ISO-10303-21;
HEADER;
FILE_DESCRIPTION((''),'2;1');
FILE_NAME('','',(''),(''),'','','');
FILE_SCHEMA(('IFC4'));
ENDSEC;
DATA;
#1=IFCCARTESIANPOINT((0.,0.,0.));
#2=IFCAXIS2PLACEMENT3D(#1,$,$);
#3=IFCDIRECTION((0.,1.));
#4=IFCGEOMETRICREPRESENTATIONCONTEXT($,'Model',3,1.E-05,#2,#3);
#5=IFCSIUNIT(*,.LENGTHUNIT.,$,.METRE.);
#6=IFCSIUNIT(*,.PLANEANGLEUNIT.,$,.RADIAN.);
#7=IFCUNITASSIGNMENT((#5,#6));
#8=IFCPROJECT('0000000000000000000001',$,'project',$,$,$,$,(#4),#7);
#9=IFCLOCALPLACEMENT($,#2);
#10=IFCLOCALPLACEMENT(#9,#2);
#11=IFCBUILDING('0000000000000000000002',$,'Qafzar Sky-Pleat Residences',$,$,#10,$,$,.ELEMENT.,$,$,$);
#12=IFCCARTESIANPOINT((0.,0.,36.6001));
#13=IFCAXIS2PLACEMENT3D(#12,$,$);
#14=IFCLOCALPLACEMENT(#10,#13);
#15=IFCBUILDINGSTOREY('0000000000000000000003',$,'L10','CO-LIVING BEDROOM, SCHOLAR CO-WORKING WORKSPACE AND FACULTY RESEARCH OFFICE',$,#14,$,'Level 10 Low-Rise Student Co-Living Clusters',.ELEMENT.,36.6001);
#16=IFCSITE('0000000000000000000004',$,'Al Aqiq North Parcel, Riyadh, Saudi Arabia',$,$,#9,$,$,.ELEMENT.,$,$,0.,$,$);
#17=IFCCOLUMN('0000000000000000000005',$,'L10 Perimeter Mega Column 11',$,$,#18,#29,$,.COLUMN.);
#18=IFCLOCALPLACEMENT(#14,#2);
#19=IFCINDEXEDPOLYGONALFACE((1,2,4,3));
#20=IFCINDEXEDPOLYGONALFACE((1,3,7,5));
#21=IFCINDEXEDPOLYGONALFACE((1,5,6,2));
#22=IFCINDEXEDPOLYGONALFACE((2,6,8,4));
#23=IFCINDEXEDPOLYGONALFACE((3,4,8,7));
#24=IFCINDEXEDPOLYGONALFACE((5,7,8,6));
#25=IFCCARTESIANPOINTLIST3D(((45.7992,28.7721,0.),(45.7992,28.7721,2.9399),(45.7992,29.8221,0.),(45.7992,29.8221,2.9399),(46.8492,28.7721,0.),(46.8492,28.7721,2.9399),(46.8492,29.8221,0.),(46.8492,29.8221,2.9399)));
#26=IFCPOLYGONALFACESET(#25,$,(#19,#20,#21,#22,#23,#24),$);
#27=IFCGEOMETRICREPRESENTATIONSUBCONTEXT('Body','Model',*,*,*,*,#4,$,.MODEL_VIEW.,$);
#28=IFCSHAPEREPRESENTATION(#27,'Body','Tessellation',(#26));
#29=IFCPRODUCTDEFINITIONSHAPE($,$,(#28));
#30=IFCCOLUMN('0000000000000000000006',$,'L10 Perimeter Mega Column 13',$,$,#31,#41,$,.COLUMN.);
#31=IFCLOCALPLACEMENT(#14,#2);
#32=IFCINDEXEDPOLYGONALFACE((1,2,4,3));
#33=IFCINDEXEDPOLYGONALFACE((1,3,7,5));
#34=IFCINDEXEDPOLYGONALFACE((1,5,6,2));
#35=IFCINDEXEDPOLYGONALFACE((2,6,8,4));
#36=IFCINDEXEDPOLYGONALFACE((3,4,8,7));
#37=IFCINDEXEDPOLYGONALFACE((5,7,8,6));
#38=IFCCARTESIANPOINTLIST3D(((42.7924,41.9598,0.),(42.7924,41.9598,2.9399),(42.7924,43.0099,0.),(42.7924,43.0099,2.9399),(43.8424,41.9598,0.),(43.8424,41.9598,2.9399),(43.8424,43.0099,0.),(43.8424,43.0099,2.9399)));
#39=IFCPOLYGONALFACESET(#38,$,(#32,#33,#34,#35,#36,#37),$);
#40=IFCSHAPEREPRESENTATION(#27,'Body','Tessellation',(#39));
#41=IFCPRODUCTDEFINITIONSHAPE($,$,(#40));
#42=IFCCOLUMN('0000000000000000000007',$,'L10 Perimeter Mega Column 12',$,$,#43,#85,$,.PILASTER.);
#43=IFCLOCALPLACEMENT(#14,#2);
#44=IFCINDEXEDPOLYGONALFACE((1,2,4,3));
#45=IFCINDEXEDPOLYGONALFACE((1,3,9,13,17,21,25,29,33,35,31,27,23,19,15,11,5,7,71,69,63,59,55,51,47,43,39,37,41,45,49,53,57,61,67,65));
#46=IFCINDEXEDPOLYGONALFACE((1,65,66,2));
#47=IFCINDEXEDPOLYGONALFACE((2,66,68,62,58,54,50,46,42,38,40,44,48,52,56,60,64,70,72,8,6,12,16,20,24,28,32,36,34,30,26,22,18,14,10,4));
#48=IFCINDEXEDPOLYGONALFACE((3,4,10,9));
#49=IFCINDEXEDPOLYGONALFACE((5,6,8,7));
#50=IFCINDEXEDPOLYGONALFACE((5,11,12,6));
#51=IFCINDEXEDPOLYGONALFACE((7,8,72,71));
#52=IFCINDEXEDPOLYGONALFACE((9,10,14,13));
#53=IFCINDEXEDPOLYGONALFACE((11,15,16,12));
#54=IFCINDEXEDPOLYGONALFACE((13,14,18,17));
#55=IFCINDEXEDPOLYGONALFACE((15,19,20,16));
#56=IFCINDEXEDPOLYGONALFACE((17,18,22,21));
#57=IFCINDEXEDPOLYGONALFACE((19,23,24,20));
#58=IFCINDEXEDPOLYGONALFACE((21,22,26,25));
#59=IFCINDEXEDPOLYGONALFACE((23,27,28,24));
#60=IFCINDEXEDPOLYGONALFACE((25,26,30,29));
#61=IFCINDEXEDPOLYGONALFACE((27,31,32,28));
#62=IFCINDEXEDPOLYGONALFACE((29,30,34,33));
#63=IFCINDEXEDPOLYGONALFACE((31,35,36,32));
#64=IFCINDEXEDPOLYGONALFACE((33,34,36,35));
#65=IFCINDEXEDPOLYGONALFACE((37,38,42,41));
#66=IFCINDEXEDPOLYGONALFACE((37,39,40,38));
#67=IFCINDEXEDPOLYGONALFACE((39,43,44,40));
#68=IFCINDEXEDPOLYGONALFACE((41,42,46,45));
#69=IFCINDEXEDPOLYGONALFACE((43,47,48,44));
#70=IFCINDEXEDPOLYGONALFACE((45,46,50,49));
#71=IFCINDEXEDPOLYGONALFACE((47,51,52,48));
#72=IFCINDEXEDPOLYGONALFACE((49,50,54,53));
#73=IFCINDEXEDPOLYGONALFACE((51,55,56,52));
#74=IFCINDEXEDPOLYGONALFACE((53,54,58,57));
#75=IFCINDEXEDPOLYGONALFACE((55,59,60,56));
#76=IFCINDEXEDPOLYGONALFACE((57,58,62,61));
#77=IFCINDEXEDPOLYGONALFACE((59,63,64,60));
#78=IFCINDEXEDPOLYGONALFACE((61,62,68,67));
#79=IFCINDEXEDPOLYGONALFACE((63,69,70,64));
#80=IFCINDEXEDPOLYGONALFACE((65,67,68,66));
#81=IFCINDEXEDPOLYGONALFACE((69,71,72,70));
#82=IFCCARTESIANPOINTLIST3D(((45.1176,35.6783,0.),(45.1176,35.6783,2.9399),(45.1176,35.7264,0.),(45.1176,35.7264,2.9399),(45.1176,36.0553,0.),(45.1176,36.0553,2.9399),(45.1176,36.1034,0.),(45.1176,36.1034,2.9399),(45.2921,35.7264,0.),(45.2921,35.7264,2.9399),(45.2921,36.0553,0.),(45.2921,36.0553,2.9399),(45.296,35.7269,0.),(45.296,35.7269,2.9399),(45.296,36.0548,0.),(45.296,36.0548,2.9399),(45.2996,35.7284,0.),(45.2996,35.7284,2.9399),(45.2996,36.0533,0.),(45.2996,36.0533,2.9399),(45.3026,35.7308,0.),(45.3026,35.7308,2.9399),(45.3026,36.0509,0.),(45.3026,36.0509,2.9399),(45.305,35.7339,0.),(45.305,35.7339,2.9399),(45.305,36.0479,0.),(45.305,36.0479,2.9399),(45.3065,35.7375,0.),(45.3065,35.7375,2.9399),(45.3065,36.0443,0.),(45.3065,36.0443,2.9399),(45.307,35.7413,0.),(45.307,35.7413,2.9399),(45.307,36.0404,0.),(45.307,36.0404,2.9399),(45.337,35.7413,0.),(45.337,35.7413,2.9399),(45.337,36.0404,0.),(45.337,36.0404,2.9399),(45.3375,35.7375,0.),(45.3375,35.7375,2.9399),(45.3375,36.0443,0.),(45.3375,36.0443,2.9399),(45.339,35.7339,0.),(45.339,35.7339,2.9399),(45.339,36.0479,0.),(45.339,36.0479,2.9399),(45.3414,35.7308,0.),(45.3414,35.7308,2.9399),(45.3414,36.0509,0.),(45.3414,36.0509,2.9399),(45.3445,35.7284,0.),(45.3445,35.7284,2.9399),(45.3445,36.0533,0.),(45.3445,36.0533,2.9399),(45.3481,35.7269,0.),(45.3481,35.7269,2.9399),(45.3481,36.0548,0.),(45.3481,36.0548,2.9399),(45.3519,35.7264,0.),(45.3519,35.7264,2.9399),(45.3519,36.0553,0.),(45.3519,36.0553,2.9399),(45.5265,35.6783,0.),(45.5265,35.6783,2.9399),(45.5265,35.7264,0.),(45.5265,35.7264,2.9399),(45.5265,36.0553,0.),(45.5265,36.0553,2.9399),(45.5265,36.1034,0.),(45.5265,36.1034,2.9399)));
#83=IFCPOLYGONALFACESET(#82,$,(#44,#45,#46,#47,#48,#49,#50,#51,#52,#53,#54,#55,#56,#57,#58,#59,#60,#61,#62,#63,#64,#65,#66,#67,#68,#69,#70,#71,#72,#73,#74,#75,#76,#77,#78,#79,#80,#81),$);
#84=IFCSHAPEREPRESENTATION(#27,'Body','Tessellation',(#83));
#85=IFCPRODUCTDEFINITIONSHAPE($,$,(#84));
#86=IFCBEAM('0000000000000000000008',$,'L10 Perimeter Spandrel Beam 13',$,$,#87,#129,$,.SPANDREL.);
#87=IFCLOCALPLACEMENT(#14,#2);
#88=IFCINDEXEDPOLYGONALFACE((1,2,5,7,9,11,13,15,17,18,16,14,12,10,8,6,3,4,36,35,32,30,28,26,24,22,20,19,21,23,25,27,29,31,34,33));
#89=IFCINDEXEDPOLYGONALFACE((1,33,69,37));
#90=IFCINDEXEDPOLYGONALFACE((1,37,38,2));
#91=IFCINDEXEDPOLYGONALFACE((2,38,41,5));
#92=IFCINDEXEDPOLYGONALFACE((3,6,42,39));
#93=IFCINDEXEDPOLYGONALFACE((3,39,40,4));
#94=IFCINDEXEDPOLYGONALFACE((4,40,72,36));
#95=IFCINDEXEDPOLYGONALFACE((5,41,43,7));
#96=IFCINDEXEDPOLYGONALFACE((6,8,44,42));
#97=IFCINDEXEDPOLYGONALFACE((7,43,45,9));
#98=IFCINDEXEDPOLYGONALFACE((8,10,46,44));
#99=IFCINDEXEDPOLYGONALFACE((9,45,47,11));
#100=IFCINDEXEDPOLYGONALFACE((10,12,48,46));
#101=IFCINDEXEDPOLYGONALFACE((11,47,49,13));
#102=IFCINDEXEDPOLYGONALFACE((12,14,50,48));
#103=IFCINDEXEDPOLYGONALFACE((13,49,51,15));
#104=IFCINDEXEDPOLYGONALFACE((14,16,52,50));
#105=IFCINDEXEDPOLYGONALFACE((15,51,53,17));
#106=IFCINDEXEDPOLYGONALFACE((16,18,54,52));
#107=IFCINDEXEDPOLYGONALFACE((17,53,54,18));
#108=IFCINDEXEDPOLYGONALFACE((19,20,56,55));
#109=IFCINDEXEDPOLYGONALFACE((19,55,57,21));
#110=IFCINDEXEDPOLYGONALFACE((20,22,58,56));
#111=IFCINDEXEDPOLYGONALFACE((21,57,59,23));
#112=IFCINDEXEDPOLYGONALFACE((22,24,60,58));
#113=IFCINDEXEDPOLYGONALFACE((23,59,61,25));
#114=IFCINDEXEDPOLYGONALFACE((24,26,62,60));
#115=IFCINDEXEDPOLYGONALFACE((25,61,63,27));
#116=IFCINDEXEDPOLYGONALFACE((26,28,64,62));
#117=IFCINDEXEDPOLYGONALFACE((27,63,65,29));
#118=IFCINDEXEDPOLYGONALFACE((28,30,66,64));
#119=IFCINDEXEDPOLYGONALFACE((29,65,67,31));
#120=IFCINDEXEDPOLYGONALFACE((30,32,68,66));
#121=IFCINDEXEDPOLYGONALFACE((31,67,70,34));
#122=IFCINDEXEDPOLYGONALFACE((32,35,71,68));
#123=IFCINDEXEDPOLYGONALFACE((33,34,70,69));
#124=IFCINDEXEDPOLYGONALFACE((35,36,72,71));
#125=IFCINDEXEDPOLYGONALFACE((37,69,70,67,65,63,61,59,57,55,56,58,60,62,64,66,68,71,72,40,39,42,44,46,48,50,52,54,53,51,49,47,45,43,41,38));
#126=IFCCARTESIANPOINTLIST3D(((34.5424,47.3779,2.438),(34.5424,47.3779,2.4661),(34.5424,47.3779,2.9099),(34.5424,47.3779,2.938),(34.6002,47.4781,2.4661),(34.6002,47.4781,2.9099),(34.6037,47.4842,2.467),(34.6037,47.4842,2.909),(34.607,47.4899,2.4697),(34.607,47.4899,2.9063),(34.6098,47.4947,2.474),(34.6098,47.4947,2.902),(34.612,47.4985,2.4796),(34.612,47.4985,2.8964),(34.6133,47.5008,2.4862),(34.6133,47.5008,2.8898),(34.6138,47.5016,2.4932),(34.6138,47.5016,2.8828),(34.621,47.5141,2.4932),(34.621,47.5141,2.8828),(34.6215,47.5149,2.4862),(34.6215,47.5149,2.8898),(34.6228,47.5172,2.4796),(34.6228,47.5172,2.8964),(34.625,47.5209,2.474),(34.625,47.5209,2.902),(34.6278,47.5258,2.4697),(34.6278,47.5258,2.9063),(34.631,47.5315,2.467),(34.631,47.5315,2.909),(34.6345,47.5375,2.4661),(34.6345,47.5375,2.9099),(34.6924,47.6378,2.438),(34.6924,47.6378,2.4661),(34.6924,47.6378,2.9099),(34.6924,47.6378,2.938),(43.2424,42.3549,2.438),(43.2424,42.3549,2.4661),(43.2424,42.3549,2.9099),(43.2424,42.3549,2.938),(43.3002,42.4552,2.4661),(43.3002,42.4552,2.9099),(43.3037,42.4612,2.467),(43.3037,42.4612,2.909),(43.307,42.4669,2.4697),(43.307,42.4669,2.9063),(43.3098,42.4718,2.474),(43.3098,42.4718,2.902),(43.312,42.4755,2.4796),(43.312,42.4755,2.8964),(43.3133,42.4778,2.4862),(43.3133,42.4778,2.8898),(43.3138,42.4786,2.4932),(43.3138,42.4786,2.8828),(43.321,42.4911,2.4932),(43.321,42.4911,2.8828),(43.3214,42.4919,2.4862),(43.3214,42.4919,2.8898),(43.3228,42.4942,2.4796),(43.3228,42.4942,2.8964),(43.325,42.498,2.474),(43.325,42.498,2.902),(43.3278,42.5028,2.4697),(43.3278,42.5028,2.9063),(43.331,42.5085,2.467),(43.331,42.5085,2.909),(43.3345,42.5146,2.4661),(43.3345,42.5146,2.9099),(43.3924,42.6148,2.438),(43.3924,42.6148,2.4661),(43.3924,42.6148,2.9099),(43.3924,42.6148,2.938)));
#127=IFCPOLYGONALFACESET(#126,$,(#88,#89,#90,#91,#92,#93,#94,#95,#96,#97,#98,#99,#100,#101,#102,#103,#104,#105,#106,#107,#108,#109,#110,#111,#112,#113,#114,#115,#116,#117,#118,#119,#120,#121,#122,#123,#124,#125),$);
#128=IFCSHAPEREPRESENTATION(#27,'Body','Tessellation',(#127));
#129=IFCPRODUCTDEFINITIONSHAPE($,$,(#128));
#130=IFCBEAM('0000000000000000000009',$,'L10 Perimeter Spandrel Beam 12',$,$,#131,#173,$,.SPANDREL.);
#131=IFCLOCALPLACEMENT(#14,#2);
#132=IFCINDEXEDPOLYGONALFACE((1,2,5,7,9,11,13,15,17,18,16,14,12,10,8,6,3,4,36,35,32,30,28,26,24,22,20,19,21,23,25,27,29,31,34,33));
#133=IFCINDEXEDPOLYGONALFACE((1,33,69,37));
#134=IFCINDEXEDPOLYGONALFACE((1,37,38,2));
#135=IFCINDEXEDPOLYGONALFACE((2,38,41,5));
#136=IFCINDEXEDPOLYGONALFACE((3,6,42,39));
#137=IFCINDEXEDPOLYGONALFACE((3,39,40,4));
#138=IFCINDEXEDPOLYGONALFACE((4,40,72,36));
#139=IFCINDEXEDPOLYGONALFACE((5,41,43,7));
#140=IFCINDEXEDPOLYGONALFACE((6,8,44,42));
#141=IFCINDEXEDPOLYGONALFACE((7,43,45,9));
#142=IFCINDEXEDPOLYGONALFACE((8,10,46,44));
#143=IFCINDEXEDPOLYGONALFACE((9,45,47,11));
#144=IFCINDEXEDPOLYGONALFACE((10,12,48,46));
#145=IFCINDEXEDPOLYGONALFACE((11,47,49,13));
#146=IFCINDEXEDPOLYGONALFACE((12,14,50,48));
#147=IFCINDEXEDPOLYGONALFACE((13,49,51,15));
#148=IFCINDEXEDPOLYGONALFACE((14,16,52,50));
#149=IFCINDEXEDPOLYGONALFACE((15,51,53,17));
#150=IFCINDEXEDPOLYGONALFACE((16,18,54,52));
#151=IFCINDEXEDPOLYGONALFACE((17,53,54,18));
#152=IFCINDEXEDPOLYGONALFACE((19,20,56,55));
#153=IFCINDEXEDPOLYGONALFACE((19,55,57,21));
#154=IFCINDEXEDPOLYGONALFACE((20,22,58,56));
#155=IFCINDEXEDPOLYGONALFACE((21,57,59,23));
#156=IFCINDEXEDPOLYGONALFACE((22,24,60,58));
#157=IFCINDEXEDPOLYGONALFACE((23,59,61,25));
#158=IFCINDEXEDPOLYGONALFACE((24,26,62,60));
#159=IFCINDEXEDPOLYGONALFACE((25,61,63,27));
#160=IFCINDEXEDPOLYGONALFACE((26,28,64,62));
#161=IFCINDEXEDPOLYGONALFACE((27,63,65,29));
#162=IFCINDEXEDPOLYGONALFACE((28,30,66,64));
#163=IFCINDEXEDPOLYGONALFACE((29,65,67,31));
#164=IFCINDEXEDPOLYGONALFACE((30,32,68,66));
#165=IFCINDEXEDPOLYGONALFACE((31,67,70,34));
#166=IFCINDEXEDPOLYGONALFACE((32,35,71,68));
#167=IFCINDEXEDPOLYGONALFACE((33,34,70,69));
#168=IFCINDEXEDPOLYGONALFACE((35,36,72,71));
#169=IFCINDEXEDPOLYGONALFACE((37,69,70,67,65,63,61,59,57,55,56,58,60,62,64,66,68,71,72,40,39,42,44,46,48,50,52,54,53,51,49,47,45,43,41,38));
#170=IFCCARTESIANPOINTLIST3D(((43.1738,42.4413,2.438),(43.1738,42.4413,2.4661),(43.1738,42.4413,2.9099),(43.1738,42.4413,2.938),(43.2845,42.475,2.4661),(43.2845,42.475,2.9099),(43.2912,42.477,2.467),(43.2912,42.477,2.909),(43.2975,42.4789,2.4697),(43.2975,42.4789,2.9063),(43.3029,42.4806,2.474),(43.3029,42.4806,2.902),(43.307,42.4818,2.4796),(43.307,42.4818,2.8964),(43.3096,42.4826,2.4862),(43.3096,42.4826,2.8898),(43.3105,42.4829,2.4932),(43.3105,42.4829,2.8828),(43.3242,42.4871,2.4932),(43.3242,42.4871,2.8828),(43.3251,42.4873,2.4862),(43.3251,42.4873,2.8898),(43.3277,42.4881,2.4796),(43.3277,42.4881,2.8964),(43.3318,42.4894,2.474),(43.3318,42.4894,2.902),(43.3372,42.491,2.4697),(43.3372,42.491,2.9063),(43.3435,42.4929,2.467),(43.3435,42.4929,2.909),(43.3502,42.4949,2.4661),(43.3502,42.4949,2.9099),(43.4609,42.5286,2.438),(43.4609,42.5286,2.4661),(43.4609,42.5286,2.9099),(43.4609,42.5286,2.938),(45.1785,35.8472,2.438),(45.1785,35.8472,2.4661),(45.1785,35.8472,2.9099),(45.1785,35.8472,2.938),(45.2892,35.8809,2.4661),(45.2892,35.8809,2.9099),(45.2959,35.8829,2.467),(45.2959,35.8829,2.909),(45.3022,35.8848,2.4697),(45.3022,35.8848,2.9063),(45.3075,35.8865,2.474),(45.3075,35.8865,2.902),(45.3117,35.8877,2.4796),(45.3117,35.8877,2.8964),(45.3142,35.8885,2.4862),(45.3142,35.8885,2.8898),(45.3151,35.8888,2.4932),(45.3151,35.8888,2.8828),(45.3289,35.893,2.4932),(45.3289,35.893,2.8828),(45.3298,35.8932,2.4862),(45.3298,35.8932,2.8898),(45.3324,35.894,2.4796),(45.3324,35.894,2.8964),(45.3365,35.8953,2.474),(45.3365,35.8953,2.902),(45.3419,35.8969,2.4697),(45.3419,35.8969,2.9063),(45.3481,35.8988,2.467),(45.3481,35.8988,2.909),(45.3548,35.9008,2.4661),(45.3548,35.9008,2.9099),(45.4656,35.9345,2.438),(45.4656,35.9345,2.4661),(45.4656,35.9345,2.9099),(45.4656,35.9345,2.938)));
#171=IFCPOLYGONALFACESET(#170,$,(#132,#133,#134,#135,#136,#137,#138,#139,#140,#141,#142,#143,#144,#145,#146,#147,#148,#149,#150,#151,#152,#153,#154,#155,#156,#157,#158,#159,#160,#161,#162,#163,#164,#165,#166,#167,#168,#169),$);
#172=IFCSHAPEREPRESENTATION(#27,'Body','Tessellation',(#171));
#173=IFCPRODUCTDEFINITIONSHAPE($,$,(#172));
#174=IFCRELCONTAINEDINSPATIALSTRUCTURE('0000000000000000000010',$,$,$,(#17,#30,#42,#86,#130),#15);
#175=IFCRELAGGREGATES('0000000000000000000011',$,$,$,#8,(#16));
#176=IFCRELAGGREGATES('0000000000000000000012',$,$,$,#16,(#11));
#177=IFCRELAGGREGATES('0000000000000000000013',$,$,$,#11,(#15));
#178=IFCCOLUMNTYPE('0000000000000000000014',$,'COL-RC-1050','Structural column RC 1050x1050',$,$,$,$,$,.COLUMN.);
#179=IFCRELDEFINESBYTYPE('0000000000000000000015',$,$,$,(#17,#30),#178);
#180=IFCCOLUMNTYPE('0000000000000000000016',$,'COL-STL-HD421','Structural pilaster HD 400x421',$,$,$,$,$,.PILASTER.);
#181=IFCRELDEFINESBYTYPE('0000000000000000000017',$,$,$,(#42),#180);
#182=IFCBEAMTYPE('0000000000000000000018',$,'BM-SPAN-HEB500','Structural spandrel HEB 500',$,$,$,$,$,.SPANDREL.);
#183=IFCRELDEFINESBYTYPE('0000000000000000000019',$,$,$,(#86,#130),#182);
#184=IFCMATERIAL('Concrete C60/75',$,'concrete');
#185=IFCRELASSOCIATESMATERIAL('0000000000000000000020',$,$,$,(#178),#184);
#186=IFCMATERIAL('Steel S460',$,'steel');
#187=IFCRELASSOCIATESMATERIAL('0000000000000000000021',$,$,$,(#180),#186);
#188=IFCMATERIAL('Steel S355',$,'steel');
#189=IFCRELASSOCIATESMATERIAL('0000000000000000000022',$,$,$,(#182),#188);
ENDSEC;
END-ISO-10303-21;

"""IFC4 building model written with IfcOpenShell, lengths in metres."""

from ifc_helpers import new_model, si_unit, direction, frame, origin, origin_2d, place, context, subcontext, project, spatial, rectangle, i_section, extrude, source, transform, mapped, material, material_profile, profile_set, type_object, element, save


model = new_model("IFC4")

# Units and contexts
model_context = context("Model", 3, precision=1e-05, world=origin(), true_north=direction((0.0, 1.0)))
body_context = subcontext(model_context, "Body", "Model", "MODEL_VIEW")
ifc_project = project(units=[si_unit("LENGTHUNIT", "METRE"), si_unit("PLANEANGLEUNIT", "RADIAN")], contexts=[model_context])

# Site, building, storey
site_placement = place(None, origin())
site = spatial("IfcSite", under=ifc_project, at=site_placement, Name="Al Aqiq North Parcel, Riyadh, Saudi Arabia", CompositionType="ELEMENT", RefElevation=0.0)
building_placement = place(site_placement, origin())
building = spatial("IfcBuilding", under=site, at=building_placement, Name="Qafzar Sky-Pleat Residences", CompositionType="ELEMENT")
storey_placement = place(building_placement, frame((0.0, 0.0, 36.6001)))
storey = spatial("IfcBuildingStorey", under=building, at=storey_placement, Name="L10", Description="CO-LIVING BEDROOM, SCHOLAR CO-WORKING WORKSPACE AND FACULTY RESEARCH OFFICE", LongName="Level 10 Low-Rise Student Co-Living Clusters", CompositionType="ELEMENT", Elevation=36.6001)

# Columns
ifc_material_1 = material(Name="Concrete C60/75", Category="concrete")
ifc_material_profile_1 = material_profile(ifc_material_1, rectangle(XDim=1.05, YDim=1.05, at=origin_2d()), Name="RC 1050x1050")
ifc_profile_set_1 = profile_set([ifc_material_profile_1], Name="Concrete C60/75")
column_type_1 = type_object("IfcColumnType", Name="COL-RC-1050", Description="Structural column RC 1050x1050", PredefinedType="COLUMN", material=ifc_profile_set_1)
shared_shape_1 = source(origin(), body_context, "Body", "SweptSolid", [
    extrude(rectangle(XDim=1.05, YDim=1.05, at=origin_2d()), origin(), (0.0, 0.0, 1.0), 2.9399),
])
for number, where, z_axis, x_axis, name in (
    (1, (46.3242, 29.2971, 0.0), (0.0, 0.0, 1.0), (1.0, 0.0, 0.0), "L10 Perimeter Mega Column 11"),
    (2, (43.3174, 42.4849, 0.0), (0.0, 0.0, 1.0), (1.0, 0.0, 0.0), "L10 Perimeter Mega Column 13"),
):
    element("IfcColumn", number, at=place(storey_placement, frame(where, z_axis=z_axis, x_axis=x_axis)), inside=storey, type_object=column_type_1, Name=name, PredefinedType="COLUMN", context=body_context, shape_type="MappedRepresentation", body=[
        mapped(shared_shape_1, transform((0.0, 0.0, 0.0), x_axis=(1.0, 0.0, 0.0), y_axis=(0.0, 1.0, 0.0), z_axis=(0.0, 0.0, 1.0), scale=1.0)),
    ])
ifc_material_2 = material(Name="Steel S460", Category="steel")
ifc_material_profile_2 = material_profile(ifc_material_2, i_section(OverallWidth=0.4089, OverallDepth=0.425, WebThickness=0.03, FlangeThickness=0.0481, FilletRadius=0.0149, at=origin_2d()), Name="HD 400x421")
ifc_profile_set_2 = profile_set([ifc_material_profile_2], Name="Steel S460")
column_type_2 = type_object("IfcColumnType", Name="COL-STL-HD421", Description="Structural pilaster HD 400x421", PredefinedType="PILASTER", material=ifc_profile_set_2)
shared_shape_2 = source(origin(), body_context, "Body", "SweptSolid", [
    extrude(i_section(OverallWidth=0.4089, OverallDepth=0.425, WebThickness=0.03, FlangeThickness=0.0481, FilletRadius=0.0149, at=origin_2d()), origin(), (0.0, 0.0, 1.0), 2.9399),
])
column_placement = place(storey_placement, frame((45.322, 35.8909, 0.0), z_axis=(0.0, 0.0, 1.0), x_axis=(1.0, 0.0, 0.0)))
element("IfcColumn", 3, at=column_placement, inside=storey, type_object=column_type_2, Name="L10 Perimeter Mega Column 12", PredefinedType="PILASTER", context=body_context, shape_type="MappedRepresentation", body=[
    mapped(shared_shape_2, transform((0.0, 0.0, 0.0), x_axis=(1.0, 0.0, 0.0), y_axis=(0.0, 1.0, 0.0), z_axis=(0.0, 0.0, 1.0), scale=1.0)),
])

# Beams
ifc_material_3 = material(Name="Steel S355", Category="steel")
ifc_material_profile_3 = material_profile(ifc_material_3, i_section(OverallWidth=0.3, OverallDepth=0.5, WebThickness=0.0144, FlangeThickness=0.0281, FilletRadius=0.0271, at=origin_2d()), Name="HEB 500")
ifc_profile_set_3 = profile_set([ifc_material_profile_3], Name="Steel S355")
beam_type_1 = type_object("IfcBeamType", Name="BM-SPAN-HEB500", Description="Structural spandrel HEB 500", PredefinedType="SPANDREL", material=ifc_profile_set_3)
shared_shape_3 = source(origin(), body_context, "Body", "SweptSolid", [
    extrude(i_section(OverallWidth=0.3, OverallDepth=0.5, WebThickness=0.0144, FlangeThickness=0.0281, FilletRadius=0.0271, at=origin_2d()), origin(), (0.0, 0.0, 1.0), 10.0459),
])
beam_1_placement = place(storey_placement, frame((43.3174, 42.4849, 2.688), z_axis=(-0.866024, 0.500002, 0.0), x_axis=(-0.500002, -0.866024, 0.0)))
element("IfcBeam", 4, at=beam_1_placement, inside=storey, type_object=beam_type_1, Name="L10 Perimeter Spandrel Beam 13", PredefinedType="SPANDREL", context=body_context, shape_type="MappedRepresentation", body=[
    mapped(shared_shape_3, transform((0.0, 0.0, 0.0), x_axis=(1.0, 0.0, 0.0), y_axis=(0.0, 1.0, 0.0), z_axis=(0.0, 0.0, 1.0), scale=1.0)),
])
shared_shape_4 = source(origin(), body_context, "Body", "SweptSolid", [
    extrude(i_section(OverallWidth=0.3, OverallDepth=0.5, WebThickness=0.0144, FlangeThickness=0.0281, FilletRadius=0.0271, at=origin_2d()), origin(), (0.0, 0.0, 1.0), 6.8921),
])
beam_2_placement = place(storey_placement, frame((45.322, 35.8909, 2.688), z_axis=(-0.290866, 0.956764, 0.0), x_axis=(-0.956764, -0.290866, 0.0)))
element("IfcBeam", 5, at=beam_2_placement, inside=storey, type_object=beam_type_1, Name="L10 Perimeter Spandrel Beam 12", PredefinedType="SPANDREL", context=body_context, shape_type="MappedRepresentation", body=[
    mapped(shared_shape_4, transform((0.0, 0.0, 0.0), x_axis=(1.0, 0.0, 0.0), y_axis=(0.0, 1.0, 0.0), z_axis=(0.0, 0.0, 1.0), scale=1.0)),
])

save(model, "model.ifc")
